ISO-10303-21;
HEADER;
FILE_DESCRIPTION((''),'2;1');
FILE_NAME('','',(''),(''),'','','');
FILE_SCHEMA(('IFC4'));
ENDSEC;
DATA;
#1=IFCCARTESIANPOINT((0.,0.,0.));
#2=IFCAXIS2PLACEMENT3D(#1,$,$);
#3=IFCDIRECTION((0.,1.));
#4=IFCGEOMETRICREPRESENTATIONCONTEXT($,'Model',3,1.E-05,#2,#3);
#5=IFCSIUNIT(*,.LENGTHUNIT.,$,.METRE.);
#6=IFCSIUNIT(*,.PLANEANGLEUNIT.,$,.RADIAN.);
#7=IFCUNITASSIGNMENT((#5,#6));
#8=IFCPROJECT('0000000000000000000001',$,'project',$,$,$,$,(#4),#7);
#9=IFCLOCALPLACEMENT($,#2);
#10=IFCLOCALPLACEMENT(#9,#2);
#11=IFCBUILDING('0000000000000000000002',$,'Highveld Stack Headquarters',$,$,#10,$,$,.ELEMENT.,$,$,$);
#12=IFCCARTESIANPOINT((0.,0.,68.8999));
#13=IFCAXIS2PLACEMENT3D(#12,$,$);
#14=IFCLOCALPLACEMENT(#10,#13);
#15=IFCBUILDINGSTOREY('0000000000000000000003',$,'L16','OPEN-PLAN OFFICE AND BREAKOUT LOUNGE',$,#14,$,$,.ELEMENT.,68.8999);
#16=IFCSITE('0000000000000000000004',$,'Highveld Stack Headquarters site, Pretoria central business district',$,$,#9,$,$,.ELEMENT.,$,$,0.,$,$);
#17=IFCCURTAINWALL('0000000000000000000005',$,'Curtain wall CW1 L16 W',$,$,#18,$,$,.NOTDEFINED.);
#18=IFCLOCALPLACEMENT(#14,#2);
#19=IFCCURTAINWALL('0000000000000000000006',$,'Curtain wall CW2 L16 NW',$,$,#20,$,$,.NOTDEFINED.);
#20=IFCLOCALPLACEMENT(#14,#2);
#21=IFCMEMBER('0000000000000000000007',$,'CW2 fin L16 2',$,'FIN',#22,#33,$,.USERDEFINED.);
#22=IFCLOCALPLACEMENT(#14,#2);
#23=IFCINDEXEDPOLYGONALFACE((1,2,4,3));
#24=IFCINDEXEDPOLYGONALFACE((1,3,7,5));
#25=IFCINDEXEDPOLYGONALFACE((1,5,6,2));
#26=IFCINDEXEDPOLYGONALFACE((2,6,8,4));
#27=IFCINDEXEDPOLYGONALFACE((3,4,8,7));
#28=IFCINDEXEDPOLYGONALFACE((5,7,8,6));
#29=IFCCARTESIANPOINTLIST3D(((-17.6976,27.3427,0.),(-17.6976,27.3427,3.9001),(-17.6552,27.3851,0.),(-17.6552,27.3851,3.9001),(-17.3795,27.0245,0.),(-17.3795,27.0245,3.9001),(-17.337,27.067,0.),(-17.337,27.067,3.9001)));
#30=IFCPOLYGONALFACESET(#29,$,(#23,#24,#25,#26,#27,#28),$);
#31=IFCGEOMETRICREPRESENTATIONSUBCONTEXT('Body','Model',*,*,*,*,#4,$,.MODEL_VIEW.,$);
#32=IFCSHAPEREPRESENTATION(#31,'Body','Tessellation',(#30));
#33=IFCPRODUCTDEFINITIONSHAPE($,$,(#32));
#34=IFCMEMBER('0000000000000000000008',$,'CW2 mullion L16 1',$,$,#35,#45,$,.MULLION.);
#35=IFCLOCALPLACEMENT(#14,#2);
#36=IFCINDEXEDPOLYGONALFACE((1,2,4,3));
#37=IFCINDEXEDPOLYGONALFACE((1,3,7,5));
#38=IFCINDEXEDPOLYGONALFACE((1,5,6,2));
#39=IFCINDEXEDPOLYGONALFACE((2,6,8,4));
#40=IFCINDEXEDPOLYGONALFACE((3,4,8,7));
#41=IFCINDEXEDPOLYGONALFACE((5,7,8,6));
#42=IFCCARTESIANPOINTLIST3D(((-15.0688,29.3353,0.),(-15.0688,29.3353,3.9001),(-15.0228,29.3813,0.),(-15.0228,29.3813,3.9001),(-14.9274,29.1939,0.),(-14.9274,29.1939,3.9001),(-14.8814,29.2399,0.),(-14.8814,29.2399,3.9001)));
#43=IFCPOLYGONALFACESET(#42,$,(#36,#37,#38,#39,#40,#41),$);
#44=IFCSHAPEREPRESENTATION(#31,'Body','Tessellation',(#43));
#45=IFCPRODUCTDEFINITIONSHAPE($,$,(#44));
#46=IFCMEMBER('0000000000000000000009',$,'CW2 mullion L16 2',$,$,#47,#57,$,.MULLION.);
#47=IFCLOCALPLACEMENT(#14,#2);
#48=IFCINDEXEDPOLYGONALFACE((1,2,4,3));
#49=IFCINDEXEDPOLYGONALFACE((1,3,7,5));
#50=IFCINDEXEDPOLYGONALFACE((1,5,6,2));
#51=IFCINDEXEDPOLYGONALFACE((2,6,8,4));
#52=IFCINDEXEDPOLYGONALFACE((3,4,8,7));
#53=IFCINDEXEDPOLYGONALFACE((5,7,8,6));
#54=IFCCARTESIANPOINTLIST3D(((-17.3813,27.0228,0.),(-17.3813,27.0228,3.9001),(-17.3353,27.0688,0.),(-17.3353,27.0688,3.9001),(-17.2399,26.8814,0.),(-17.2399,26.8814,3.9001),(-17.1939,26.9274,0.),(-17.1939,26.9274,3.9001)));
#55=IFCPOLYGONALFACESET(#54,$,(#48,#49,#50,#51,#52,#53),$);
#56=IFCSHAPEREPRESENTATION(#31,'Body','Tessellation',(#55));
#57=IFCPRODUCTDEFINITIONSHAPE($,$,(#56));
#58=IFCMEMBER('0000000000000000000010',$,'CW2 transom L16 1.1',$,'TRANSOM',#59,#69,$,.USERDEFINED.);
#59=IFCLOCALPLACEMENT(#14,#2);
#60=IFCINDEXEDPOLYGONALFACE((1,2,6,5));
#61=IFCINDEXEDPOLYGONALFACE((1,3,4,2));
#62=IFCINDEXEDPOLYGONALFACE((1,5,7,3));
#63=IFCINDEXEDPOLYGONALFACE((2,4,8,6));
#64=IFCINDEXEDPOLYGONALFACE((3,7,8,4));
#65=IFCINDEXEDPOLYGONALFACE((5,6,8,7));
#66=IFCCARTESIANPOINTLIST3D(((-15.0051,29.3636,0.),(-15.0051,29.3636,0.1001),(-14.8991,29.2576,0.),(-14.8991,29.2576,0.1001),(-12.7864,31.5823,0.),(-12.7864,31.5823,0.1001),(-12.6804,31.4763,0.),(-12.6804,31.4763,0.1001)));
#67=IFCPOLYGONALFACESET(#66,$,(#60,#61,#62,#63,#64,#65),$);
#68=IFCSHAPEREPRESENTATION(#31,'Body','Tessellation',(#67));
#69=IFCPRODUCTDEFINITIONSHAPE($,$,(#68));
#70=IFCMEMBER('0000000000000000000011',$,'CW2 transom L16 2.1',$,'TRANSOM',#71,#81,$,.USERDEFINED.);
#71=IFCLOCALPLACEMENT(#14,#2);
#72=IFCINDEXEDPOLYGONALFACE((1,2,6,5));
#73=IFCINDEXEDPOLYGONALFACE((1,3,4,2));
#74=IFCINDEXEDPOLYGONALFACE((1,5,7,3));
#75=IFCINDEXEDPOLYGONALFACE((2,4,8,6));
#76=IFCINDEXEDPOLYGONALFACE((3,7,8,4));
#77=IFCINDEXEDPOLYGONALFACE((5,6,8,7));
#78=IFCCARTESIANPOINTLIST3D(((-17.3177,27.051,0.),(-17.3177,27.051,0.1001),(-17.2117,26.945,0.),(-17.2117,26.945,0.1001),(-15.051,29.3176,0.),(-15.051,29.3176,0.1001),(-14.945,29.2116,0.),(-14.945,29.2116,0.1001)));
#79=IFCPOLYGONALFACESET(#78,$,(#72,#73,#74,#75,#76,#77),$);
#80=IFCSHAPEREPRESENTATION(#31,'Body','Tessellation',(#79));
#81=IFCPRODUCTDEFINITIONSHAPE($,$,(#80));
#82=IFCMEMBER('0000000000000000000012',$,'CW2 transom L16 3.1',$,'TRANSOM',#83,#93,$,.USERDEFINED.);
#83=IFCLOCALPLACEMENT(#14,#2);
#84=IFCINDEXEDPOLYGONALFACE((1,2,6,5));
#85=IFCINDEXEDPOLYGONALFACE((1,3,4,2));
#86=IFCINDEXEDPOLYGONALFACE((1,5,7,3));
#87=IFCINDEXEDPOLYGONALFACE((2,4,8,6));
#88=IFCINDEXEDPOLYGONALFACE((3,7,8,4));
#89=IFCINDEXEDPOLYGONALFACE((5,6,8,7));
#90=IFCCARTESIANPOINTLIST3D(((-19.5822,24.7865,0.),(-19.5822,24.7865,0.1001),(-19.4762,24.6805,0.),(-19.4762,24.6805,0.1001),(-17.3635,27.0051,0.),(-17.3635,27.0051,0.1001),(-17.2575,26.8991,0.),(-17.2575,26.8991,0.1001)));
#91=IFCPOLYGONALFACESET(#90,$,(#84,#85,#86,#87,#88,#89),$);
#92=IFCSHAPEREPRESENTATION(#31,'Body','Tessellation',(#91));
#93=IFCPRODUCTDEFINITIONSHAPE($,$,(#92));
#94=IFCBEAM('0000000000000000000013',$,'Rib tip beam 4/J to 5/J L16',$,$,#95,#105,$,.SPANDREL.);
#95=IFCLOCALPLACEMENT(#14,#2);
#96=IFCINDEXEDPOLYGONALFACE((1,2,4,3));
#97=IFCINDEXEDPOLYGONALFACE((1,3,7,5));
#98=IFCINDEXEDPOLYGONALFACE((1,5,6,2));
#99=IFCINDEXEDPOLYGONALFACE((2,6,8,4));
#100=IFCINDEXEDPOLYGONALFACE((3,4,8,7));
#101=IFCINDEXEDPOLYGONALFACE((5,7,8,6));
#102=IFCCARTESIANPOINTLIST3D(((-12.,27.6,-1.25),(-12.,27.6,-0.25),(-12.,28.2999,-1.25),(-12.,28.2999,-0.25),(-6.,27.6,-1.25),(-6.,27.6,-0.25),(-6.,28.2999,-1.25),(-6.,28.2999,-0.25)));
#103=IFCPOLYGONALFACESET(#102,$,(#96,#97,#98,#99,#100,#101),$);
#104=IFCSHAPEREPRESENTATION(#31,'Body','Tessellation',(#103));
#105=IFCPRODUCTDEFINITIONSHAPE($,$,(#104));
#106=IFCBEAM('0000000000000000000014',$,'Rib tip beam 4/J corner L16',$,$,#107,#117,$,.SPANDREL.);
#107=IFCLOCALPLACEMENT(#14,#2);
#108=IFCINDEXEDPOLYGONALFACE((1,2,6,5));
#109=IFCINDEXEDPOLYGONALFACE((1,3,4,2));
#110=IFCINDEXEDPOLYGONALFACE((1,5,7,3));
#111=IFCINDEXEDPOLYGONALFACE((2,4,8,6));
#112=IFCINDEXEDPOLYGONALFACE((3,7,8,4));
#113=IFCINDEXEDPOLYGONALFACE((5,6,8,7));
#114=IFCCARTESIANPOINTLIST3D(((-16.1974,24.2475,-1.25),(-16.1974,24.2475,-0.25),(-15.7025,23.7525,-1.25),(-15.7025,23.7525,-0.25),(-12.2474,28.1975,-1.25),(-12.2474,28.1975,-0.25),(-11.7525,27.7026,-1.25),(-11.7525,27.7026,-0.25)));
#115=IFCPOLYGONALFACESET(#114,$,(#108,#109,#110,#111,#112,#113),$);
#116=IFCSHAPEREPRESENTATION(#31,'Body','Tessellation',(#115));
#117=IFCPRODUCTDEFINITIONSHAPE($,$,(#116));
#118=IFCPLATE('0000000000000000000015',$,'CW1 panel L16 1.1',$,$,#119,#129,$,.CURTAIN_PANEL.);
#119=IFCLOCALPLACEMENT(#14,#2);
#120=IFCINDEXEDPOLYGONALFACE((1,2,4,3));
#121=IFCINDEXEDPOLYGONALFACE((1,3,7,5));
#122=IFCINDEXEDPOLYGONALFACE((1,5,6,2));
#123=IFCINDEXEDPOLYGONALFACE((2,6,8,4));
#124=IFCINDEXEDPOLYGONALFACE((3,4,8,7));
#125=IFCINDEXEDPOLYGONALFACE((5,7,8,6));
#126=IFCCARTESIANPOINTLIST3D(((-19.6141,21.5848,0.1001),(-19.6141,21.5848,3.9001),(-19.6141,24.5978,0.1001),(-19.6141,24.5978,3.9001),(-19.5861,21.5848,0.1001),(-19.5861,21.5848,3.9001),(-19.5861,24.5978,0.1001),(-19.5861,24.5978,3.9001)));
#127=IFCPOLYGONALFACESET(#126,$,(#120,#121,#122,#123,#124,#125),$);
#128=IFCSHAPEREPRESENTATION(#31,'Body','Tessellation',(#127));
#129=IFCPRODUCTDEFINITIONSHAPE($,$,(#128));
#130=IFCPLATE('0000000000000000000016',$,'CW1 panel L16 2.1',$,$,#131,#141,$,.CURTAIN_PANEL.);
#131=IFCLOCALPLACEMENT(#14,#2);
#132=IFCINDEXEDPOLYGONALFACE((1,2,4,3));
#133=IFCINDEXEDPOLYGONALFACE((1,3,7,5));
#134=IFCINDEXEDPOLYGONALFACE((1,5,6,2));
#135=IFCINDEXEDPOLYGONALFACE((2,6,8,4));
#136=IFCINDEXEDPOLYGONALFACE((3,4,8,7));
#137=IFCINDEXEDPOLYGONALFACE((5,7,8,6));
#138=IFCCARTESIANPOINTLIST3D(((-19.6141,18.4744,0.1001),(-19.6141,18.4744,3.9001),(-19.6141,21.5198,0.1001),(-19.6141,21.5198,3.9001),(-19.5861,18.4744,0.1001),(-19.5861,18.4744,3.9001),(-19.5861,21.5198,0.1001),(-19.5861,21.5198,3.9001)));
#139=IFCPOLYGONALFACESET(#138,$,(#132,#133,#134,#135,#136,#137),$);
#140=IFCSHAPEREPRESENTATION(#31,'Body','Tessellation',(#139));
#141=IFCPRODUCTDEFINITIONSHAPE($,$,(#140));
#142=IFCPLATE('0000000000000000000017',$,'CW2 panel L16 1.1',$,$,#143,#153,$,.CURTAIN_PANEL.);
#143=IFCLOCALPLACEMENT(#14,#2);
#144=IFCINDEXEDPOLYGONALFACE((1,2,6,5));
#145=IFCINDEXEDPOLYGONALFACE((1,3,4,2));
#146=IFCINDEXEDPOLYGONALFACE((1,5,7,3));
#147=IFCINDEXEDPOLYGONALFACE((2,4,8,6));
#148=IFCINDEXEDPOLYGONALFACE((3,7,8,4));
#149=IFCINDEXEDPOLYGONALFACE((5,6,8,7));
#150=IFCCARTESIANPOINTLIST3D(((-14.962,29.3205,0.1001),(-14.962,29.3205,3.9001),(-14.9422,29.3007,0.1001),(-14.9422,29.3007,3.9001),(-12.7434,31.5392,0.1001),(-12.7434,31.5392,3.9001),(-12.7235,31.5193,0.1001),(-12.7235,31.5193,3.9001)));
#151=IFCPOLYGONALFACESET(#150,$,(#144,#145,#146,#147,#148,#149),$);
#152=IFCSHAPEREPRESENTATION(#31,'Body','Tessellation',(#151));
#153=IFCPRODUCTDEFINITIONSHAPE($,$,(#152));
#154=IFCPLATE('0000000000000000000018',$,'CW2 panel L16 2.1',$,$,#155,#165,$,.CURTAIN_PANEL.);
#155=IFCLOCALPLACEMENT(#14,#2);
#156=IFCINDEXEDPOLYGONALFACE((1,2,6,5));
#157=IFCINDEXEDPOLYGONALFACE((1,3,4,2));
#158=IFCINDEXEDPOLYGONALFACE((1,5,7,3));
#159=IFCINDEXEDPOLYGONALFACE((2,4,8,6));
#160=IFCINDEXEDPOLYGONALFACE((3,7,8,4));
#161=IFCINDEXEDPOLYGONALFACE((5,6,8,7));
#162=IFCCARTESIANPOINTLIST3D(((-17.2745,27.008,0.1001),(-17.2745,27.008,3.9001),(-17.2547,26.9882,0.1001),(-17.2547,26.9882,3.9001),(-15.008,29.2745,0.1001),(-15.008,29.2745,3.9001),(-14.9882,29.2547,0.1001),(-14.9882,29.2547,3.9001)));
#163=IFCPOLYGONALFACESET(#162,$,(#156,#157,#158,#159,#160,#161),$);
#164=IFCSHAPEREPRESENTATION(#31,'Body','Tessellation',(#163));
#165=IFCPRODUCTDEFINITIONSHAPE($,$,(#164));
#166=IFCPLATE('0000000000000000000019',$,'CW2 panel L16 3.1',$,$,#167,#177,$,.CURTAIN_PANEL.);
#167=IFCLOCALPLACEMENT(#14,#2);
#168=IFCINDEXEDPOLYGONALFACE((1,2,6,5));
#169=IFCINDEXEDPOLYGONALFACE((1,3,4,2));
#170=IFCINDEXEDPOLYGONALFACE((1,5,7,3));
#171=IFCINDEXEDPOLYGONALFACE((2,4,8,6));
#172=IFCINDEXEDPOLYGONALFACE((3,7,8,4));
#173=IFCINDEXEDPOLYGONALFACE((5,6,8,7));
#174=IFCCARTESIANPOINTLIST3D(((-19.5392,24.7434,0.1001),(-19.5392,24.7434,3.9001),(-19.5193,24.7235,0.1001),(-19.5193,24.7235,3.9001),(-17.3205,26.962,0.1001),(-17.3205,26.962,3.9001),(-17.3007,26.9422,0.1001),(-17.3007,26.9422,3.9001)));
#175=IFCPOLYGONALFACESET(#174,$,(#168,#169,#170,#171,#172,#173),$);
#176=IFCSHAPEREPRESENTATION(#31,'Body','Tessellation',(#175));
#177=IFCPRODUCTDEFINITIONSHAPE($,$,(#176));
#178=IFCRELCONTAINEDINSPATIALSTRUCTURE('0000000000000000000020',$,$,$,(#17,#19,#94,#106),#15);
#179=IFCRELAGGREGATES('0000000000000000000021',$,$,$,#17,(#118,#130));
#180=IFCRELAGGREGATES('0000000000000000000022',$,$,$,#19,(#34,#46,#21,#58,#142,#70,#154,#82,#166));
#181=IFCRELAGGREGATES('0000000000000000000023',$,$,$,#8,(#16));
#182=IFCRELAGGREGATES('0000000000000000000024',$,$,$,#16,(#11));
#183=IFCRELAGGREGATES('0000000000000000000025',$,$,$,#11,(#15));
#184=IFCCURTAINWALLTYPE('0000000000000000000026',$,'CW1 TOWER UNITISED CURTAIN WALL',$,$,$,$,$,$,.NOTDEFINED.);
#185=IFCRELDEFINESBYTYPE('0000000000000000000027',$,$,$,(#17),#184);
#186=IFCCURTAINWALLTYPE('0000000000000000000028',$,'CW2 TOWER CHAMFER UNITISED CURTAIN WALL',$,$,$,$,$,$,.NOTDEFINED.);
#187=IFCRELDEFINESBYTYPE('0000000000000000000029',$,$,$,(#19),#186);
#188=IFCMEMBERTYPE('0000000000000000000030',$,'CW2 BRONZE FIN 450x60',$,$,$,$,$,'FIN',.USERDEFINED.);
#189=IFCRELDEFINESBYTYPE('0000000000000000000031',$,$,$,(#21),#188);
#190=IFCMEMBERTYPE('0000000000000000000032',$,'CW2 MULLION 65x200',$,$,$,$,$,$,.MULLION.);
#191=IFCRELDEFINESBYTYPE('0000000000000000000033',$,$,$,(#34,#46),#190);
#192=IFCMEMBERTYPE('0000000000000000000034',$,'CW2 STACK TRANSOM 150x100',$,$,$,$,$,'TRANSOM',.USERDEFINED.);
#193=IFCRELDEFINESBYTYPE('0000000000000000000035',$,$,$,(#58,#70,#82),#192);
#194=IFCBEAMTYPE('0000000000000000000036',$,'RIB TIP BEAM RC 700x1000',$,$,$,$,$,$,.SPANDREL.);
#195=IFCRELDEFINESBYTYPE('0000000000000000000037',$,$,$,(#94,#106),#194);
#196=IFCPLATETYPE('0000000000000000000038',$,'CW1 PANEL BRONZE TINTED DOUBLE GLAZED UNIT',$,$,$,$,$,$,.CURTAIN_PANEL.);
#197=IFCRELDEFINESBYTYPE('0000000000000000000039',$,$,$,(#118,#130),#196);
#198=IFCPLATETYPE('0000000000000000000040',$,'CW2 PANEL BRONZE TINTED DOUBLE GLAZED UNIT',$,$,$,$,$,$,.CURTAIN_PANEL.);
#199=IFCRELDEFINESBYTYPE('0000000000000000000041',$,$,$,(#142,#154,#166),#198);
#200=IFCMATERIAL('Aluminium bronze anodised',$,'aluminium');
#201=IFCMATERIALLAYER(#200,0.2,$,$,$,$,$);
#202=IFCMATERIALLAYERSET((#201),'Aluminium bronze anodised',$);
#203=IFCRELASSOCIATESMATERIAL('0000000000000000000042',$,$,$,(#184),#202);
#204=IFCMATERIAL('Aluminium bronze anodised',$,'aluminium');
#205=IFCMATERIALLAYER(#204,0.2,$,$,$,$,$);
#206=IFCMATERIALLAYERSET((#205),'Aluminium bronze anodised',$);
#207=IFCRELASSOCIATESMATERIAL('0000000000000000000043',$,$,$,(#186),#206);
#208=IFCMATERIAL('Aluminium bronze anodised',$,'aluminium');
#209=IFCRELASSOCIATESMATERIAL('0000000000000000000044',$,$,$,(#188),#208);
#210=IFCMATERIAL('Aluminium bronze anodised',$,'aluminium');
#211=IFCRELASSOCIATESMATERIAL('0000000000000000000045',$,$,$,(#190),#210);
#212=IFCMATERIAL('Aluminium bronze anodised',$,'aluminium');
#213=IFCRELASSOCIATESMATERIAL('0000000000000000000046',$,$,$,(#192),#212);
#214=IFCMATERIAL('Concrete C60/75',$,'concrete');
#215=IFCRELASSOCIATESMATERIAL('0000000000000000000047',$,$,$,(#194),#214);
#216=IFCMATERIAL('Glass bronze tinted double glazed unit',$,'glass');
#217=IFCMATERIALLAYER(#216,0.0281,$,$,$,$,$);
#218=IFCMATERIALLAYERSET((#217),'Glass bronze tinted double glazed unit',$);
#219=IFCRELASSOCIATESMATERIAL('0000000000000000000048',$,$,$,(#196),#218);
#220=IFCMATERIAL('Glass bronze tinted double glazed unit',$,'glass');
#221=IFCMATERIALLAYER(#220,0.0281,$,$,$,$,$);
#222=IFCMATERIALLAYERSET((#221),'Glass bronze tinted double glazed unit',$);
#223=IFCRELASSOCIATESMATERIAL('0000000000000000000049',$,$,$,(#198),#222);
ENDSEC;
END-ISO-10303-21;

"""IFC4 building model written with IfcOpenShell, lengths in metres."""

from ifc_helpers import new_model, si_unit, direction, frame, origin, origin_2d, place, context, subcontext, project, spatial, rectangle, extrude, material, layer, layer_set, material_profile, profile_set, type_object, element, aggregate, save


model = new_model("IFC4")

# Units and contexts
model_context = context("Model", 3, precision=1e-05, world=origin(), true_north=direction((0.0, 1.0)))
body_context = subcontext(model_context, "Body", "Model", "MODEL_VIEW")
ifc_project = project(units=[si_unit("LENGTHUNIT", "METRE"), si_unit("PLANEANGLEUNIT", "RADIAN")], contexts=[model_context])

# Site, building, storey
site_placement = place(None, origin())
site = spatial("IfcSite", under=ifc_project, at=site_placement, Name="Highveld Stack Headquarters site, Pretoria central business district", CompositionType="ELEMENT", RefElevation=0.0)
building_placement = place(site_placement, origin())
building = spatial("IfcBuilding", under=site, at=building_placement, Name="Highveld Stack Headquarters", CompositionType="ELEMENT")
storey_placement = place(building_placement, frame((0.0, 0.0, 68.8999)))
storey = spatial("IfcBuildingStorey", under=building, at=storey_placement, Name="L16", Description="OPEN-PLAN OFFICE AND BREAKOUT LOUNGE", CompositionType="ELEMENT", Elevation=68.8999)

# Shared definitions
ifc_material_1 = material(Name="Aluminium bronze anodised", Category="aluminium")
ifc_layer_1 = layer(ifc_material_1, 0.2)
ifc_layer_set_1 = layer_set([ifc_layer_1], Name="Aluminium bronze anodised")
curtain_wall_type_1 = type_object("IfcCurtainWallType", Name="CW1 TOWER UNITISED CURTAIN WALL", PredefinedType="NOTDEFINED", material=ifc_layer_set_1)

# Curtain wall
curtain_wall_1_placement = place(storey_placement, origin())
curtain_wall_1 = element("IfcCurtainWall", 1, at=curtain_wall_1_placement, inside=storey, type_object=curtain_wall_type_1, Name="Curtain wall CW1 L16 W", PredefinedType="NOTDEFINED")

# Curtain wall, members
ifc_material_2 = material(Name="Aluminium bronze anodised", Category="aluminium")
ifc_layer_2 = layer(ifc_material_2, 0.2)
ifc_layer_set_2 = layer_set([ifc_layer_2], Name="Aluminium bronze anodised")
curtain_wall_type_2 = type_object("IfcCurtainWallType", Name="CW2 TOWER CHAMFER UNITISED CURTAIN WALL", PredefinedType="NOTDEFINED", material=ifc_layer_set_2)
curtain_wall_2_placement = place(storey_placement, origin())
curtain_wall_2 = element("IfcCurtainWall", 2, at=curtain_wall_2_placement, inside=storey, type_object=curtain_wall_type_2, Name="Curtain wall CW2 L16 NW", PredefinedType="NOTDEFINED")
ifc_material_3 = material(Name="Aluminium bronze anodised", Category="aluminium")
ifc_material_profile_1 = material_profile(ifc_material_3, rectangle(XDim=0.45, YDim=0.0601, at=origin_2d()), Name="FIN 450x60")
ifc_profile_set_1 = profile_set([ifc_material_profile_1], Name="Aluminium bronze anodised")
member_type_1 = type_object("IfcMemberType", Name="CW2 BRONZE FIN 450x60", ElementType="FIN", PredefinedType="USERDEFINED", material=ifc_profile_set_1)
member_1_placement = place(storey_placement, frame((-17.5173, 27.2048, 0.0), z_axis=(0.0, 0.0, 1.0), x_axis=(0.707107, -0.707107, 0.0)))
member_1 = element("IfcMember", 3, at=member_1_placement, type_object=member_type_1, Name="CW2 fin L16 2", ObjectType="FIN", PredefinedType="USERDEFINED", context=body_context, shape_type="SweptSolid", body=[
    extrude(rectangle(XDim=0.45, YDim=0.0601, at=origin_2d()), origin(), (0.0, 0.0, 1.0), 3.9001),
])
ifc_material_4 = material(Name="Aluminium bronze anodised", Category="aluminium")
ifc_material_profile_2 = material_profile(ifc_material_4, rectangle(XDim=0.2, YDim=0.0649, at=origin_2d()), Name="CW2 MULLION 65x200")
ifc_profile_set_2 = profile_set([ifc_material_profile_2], Name="Aluminium bronze anodised")
member_type_2 = type_object("IfcMemberType", Name="CW2 MULLION 65x200", PredefinedType="MULLION", material=ifc_profile_set_2)
member_2_placement = place(storey_placement, frame((-14.9751, 29.2876, 0.0), z_axis=(0.0, 0.0, 1.0), x_axis=(0.707107, -0.707107, 0.0)))
member_2 = element("IfcMember", 4, at=member_2_placement, type_object=member_type_2, Name="CW2 mullion L16 1", PredefinedType="MULLION", context=body_context, shape_type="SweptSolid", body=[
    extrude(rectangle(XDim=0.2, YDim=0.0649, at=origin_2d()), origin(), (0.0, 0.0, 1.0), 3.9001),
])
member_3_placement = place(storey_placement, frame((-17.2876, 26.9751, 0.0), z_axis=(0.0, 0.0, 1.0), x_axis=(0.707107, -0.707107, 0.0)))
member_3 = element("IfcMember", 5, at=member_3_placement, type_object=member_type_2, Name="CW2 mullion L16 2", PredefinedType="MULLION", context=body_context, shape_type="SweptSolid", body=[
    extrude(rectangle(XDim=0.2, YDim=0.0649, at=origin_2d()), origin(), (0.0, 0.0, 1.0), 3.9001),
])
ifc_material_5 = material(Name="Aluminium bronze anodised", Category="aluminium")
ifc_material_profile_3 = material_profile(ifc_material_5, rectangle(XDim=0.1499, YDim=0.1001, at=origin_2d()), Name="CW2 TRANSOM 150x100")
ifc_profile_set_3 = profile_set([ifc_material_profile_3], Name="Aluminium bronze anodised")
member_type_3 = type_object("IfcMemberType", Name="CW2 STACK TRANSOM 150x100", ElementType="TRANSOM", PredefinedType="USERDEFINED", material=ifc_profile_set_3)
member_4_placement = place(storey_placement, frame((-12.7334, 31.5293, 0.05), z_axis=(-0.707107, -0.707107, 0.0), x_axis=(0.707107, -0.707107, 0.0)))
member_4 = element("IfcMember", 6, at=member_4_placement, type_object=member_type_3, Name="CW2 transom L16 1.1", ObjectType="TRANSOM", PredefinedType="USERDEFINED", context=body_context, shape_type="SweptSolid", body=[
    extrude(rectangle(XDim=0.1499, YDim=0.1001, at=origin_2d()), origin(), (0.0, 0.0, 1.0), 3.1377),
])
member_5_placement = place(storey_placement, frame((-14.998, 29.2646, 0.05), z_axis=(-0.707107, -0.707107, 0.0), x_axis=(0.707107, -0.707107, 0.0)))
member_5 = element("IfcMember", 7, at=member_5_placement, type_object=member_type_3, Name="CW2 transom L16 2.1", ObjectType="TRANSOM", PredefinedType="USERDEFINED", context=body_context, shape_type="SweptSolid", body=[
    extrude(rectangle(XDim=0.1499, YDim=0.1001, at=origin_2d()), origin(), (0.0, 0.0, 1.0), 3.2056),
])
member_6_placement = place(storey_placement, frame((-17.3105, 26.9521, 0.05), z_axis=(-0.707107, -0.707107, 0.0), x_axis=(0.707107, -0.707107, 0.0)))
member_6 = element("IfcMember", 8, at=member_6_placement, type_object=member_type_3, Name="CW2 transom L16 3.1", ObjectType="TRANSOM", PredefinedType="USERDEFINED", context=body_context, shape_type="SweptSolid", body=[
    extrude(rectangle(XDim=0.1499, YDim=0.1001, at=origin_2d()), origin(), (0.0, 0.0, 1.0), 3.1377),
])

# Beams
ifc_material_6 = material(Name="Concrete C60/75", Category="concrete")
ifc_material_profile_4 = material_profile(ifc_material_6, rectangle(XDim=0.7, YDim=1.0, at=origin_2d()), Name="RC 700x1000")
ifc_profile_set_4 = profile_set([ifc_material_profile_4], Name="Concrete C60/75")
beam_type_1 = type_object("IfcBeamType", Name="RIB TIP BEAM RC 700x1000", PredefinedType="SPANDREL", material=ifc_profile_set_4)
beam_1_placement = place(storey_placement, frame((-12.0, 27.95, -0.75), z_axis=(1.0, 0.0, 0.0), x_axis=(0.0, 1.0, 0.0)))
element("IfcBeam", 9, at=beam_1_placement, inside=storey, type_object=beam_type_1, Name="Rib tip beam 4/J to 5/J L16", PredefinedType="SPANDREL", context=body_context, shape_type="SweptSolid", body=[
    extrude(rectangle(XDim=0.7, YDim=1.0, at=origin_2d()), origin(), (0.0, 0.0, 1.0), 6.0),
])
beam_2_placement = place(storey_placement, frame((-15.95, 24.0, -0.75), z_axis=(0.707107, 0.707107, 0.0), x_axis=(-0.707107, 0.707107, 0.0)))
element("IfcBeam", 10, at=beam_2_placement, inside=storey, type_object=beam_type_1, Name="Rib tip beam 4/J corner L16", PredefinedType="SPANDREL", context=body_context, shape_type="SweptSolid", body=[
    extrude(rectangle(XDim=0.7, YDim=1.0, at=origin_2d()), origin(), (0.0, 0.0, 1.0), 5.5862),
])

# Plates
ifc_material_7 = material(Name="Glass bronze tinted double glazed unit", Category="glass")
ifc_layer_3 = layer(ifc_material_7, 0.0281)
ifc_layer_set_3 = layer_set([ifc_layer_3], Name="Glass bronze tinted double glazed unit")
plate_type_1 = type_object("IfcPlateType", Name="CW1 PANEL BRONZE TINTED DOUBLE GLAZED UNIT", PredefinedType="CURTAIN_PANEL", material=ifc_layer_set_3)
plate_1_placement = place(storey_placement, frame((-19.6001, 23.0913, 0.1001), z_axis=(0.0, 0.0, 1.0), x_axis=(0.0, -1.0, 0.0)))
plate_1 = element("IfcPlate", 11, at=plate_1_placement, type_object=plate_type_1, Name="CW1 panel L16 1.1", PredefinedType="CURTAIN_PANEL", context=body_context, shape_type="SweptSolid", body=[
    extrude(rectangle(XDim=3.0129, YDim=0.0281, at=origin_2d()), origin(), (0.0, 0.0, 1.0), 3.8),
])
plate_2_placement = place(storey_placement, frame((-19.6001, 19.9971, 0.1001), z_axis=(0.0, 0.0, 1.0), x_axis=(0.0, -1.0, 0.0)))
plate_2 = element("IfcPlate", 12, at=plate_2_placement, type_object=plate_type_1, Name="CW1 panel L16 2.1", PredefinedType="CURTAIN_PANEL", context=body_context, shape_type="SweptSolid", body=[
    extrude(rectangle(XDim=3.0454, YDim=0.0281, at=origin_2d()), origin(), (0.0, 0.0, 1.0), 3.8),
])
aggregate(curtain_wall_1, [plate_1, plate_2])
ifc_material_8 = material(Name="Glass bronze tinted double glazed unit", Category="glass")
ifc_layer_4 = layer(ifc_material_8, 0.0281)
ifc_layer_set_4 = layer_set([ifc_layer_4], Name="Glass bronze tinted double glazed unit")
plate_type_2 = type_object("IfcPlateType", Name="CW2 PANEL BRONZE TINTED DOUBLE GLAZED UNIT", PredefinedType="CURTAIN_PANEL", material=ifc_layer_set_4)
plate_3_placement = place(storey_placement, frame((-13.8428, 30.4199, 0.1001), z_axis=(0.0, 0.0, 1.0), x_axis=(-0.707107, -0.707107, 0.0)))
plate_3 = element("IfcPlate", 13, at=plate_3_placement, type_object=plate_type_2, Name="CW2 panel L16 1.1", PredefinedType="CURTAIN_PANEL", context=body_context, shape_type="SweptSolid", body=[
    extrude(rectangle(XDim=3.1377, YDim=0.0281, at=origin_2d()), origin(), (0.0, 0.0, 1.0), 3.8),
])
plate_4_placement = place(storey_placement, frame((-16.1313, 28.1313, 0.1001), z_axis=(0.0, 0.0, 1.0), x_axis=(-0.707107, -0.707107, 0.0)))
plate_4 = element("IfcPlate", 14, at=plate_4_placement, type_object=plate_type_2, Name="CW2 panel L16 2.1", PredefinedType="CURTAIN_PANEL", context=body_context, shape_type="SweptSolid", body=[
    extrude(rectangle(XDim=3.2053, YDim=0.0281, at=origin_2d()), origin(), (0.0, 0.0, 1.0), 3.8),
])
plate_5_placement = place(storey_placement, frame((-18.4199, 25.8428, 0.1001), z_axis=(0.0, 0.0, 1.0), x_axis=(-0.707107, -0.707107, 0.0)))
plate_5 = element("IfcPlate", 15, at=plate_5_placement, type_object=plate_type_2, Name="CW2 panel L16 3.1", PredefinedType="CURTAIN_PANEL", context=body_context, shape_type="SweptSolid", body=[
    extrude(rectangle(XDim=3.1377, YDim=0.0281, at=origin_2d()), origin(), (0.0, 0.0, 1.0), 3.8),
])
aggregate(curtain_wall_2, [member_2, member_3, member_1, member_4, plate_3, member_5, plate_4, member_6, plate_5])

save(model, "model.ifc")
